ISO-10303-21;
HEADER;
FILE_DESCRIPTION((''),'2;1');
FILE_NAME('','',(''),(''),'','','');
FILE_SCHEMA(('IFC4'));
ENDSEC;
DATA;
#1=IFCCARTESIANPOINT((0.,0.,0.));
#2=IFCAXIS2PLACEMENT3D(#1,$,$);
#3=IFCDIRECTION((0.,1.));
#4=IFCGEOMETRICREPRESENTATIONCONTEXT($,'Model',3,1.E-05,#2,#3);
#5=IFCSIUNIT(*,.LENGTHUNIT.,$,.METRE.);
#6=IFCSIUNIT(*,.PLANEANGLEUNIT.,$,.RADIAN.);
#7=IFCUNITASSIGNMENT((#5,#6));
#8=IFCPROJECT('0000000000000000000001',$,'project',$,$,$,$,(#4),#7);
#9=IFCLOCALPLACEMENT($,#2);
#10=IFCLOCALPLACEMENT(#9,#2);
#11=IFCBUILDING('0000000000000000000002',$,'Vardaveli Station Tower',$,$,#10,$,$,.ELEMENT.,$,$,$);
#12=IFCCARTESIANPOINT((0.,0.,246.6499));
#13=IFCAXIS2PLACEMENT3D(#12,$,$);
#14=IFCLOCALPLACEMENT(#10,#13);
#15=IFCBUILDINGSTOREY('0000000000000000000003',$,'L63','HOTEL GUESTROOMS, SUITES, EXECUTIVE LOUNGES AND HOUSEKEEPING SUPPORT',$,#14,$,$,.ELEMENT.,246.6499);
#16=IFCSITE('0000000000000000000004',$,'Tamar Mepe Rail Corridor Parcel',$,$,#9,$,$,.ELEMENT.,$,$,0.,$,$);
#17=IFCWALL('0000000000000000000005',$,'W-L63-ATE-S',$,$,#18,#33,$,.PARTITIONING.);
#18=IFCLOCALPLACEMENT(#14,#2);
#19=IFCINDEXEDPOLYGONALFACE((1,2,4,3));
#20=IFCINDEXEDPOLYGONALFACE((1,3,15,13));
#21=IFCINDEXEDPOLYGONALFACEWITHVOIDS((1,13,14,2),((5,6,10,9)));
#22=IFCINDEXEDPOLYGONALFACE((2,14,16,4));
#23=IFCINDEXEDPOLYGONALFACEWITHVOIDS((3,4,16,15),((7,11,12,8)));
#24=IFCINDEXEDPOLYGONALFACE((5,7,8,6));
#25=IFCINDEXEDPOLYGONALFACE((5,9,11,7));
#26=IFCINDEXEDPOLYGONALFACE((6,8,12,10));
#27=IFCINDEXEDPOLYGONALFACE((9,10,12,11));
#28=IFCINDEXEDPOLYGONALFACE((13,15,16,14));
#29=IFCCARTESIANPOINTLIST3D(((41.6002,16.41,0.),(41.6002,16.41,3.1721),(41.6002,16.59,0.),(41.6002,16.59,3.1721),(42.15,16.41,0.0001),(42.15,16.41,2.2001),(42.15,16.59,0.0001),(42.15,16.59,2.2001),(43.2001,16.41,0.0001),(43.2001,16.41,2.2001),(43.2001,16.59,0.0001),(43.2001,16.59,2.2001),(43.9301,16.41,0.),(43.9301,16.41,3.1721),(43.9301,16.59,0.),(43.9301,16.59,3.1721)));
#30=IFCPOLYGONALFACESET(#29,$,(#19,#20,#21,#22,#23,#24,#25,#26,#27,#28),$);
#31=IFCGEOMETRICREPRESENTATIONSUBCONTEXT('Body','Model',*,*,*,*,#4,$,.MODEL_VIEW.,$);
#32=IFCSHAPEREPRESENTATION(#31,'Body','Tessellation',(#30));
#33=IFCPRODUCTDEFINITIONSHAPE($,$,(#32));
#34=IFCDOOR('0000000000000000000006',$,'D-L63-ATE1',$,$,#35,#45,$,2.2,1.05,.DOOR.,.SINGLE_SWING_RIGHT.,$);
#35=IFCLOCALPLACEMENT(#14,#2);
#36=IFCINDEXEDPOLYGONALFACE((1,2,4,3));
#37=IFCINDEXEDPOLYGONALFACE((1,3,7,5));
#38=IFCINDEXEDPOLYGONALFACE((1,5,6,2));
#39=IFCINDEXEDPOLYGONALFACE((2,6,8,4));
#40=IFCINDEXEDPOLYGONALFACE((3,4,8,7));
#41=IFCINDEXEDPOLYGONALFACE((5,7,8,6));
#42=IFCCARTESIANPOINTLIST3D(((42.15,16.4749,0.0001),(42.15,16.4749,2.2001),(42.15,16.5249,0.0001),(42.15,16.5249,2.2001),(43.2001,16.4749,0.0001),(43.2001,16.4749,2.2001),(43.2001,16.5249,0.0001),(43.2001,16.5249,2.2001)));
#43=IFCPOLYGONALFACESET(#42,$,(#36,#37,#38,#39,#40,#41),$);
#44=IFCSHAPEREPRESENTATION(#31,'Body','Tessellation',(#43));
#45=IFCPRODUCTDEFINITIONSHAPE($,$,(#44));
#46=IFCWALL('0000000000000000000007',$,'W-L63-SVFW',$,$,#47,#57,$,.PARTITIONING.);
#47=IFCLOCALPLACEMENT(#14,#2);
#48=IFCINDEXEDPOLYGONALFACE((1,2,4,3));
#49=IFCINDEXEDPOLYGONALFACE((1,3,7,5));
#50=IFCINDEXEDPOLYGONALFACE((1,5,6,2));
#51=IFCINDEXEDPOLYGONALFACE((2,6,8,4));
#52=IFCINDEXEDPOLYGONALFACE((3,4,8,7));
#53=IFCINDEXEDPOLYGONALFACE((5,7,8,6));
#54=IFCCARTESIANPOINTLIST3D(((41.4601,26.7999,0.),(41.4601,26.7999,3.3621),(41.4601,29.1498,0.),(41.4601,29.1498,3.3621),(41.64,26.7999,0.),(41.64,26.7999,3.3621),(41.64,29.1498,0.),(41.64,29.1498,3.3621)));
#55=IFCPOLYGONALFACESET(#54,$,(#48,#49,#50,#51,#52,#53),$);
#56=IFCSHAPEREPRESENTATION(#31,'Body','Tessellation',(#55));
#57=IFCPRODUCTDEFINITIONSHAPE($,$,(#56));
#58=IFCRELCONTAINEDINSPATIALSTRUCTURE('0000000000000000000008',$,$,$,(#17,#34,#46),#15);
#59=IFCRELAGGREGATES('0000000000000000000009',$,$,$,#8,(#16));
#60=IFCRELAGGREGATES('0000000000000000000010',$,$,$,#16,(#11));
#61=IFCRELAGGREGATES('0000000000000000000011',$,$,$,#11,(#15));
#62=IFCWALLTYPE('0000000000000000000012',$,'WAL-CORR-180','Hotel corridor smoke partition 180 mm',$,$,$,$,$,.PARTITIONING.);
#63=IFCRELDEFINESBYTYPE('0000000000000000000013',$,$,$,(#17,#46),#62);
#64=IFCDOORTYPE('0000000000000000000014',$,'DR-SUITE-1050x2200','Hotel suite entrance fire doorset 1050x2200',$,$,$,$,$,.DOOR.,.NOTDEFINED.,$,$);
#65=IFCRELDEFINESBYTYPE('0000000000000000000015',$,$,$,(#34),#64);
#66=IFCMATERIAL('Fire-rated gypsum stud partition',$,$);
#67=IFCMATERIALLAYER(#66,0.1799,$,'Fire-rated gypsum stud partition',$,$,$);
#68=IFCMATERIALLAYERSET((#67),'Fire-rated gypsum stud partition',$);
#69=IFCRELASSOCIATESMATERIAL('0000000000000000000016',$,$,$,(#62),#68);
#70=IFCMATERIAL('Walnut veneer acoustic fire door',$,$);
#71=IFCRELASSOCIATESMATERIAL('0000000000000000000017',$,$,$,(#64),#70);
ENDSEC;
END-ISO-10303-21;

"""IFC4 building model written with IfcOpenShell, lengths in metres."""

from ifc_helpers import new_model, si_unit, direction, frame, frame_2d, origin, place, context, subcontext, project, spatial, rectangle, extrude, source, transform, mapped, material, layer, layer_set, type_object, element, fill, save


model = new_model("IFC4")

# Units and contexts
model_context = context("Model", 3, precision=1e-05, world=origin(), true_north=direction((0.0, 1.0)))
body_context = subcontext(model_context, "Body", "Model", "MODEL_VIEW")
ifc_project = project(units=[si_unit("LENGTHUNIT", "METRE"), si_unit("PLANEANGLEUNIT", "RADIAN")], contexts=[model_context])

# Site, building, storey
site_placement = place(None, origin())
site = spatial("IfcSite", under=ifc_project, at=site_placement, Name="Tamar Mepe Rail Corridor Parcel", CompositionType="ELEMENT", RefElevation=0.0)
building_placement = place(site_placement, origin())
building = spatial("IfcBuilding", under=site, at=building_placement, Name="Vardaveli Station Tower", CompositionType="ELEMENT")
storey_placement = place(building_placement, frame((0.0, 0.0, 246.6499)))
storey = spatial("IfcBuildingStorey", under=building, at=storey_placement, Name="L63", Description="HOTEL GUESTROOMS, SUITES, EXECUTIVE LOUNGES AND HOUSEKEEPING SUPPORT", CompositionType="ELEMENT", Elevation=246.6499)

# Wall, opening, door
ifc_material_1 = material(Name="Fire-rated gypsum stud partition")
ifc_layer_1 = layer(ifc_material_1, 0.1799, Name="Fire-rated gypsum stud partition")
ifc_layer_set_1 = layer_set([ifc_layer_1], Name="Fire-rated gypsum stud partition")
wall_type_1 = type_object("IfcWallType", Name="WAL-CORR-180", Description="Hotel corridor smoke partition 180 mm", PredefinedType="PARTITIONING", material=ifc_layer_set_1)
shared_shape_1 = source(origin(), body_context, "Body", "SweptSolid", [
    extrude(rectangle(XDim=2.3298, YDim=0.1799, at=frame_2d((1.165, 0.0))), origin(), (0.0, 0.0, 1.0), 3.1721),
])
wall_1_placement = place(storey_placement, frame((41.6001, 16.5, 0.0), z_axis=(0.0, 0.0, 1.0), x_axis=(1.0, 0.0, 0.0)))
wall_1 = element("IfcWall", 1, at=wall_1_placement, inside=storey, type_object=wall_type_1, Name="W-L63-ATE-S", PredefinedType="PARTITIONING", context=body_context, shape_type="MappedRepresentation", body=[
    mapped(shared_shape_1, transform((0.0, 0.0, 0.0), scale=1.0)),
])
shared_shape_2 = source(origin(), body_context, "Body", "SweptSolid", [
    extrude(rectangle(XDim=1.05, YDim=2.2, at=frame_2d((0.5249, 1.1001))), frame((0.0, 0.1001, 0.0), z_axis=(0.0, -1.0, 0.0), x_axis=(1.0, 0.0, 0.0)), (0.0, 0.0, 1.0), 0.2),
])
opening_1_placement = place(wall_1_placement, frame((0.55, 0.0, 0.0)))
opening_1 = element("IfcOpeningElement", 2, at=opening_1_placement, cuts=wall_1, PredefinedType="OPENING", context=body_context, shape_type="MappedRepresentation", body=[
    mapped(shared_shape_2, transform((0.0, 0.0, 0.0), scale=1.0)),
])
ifc_material_2 = material(Name="Walnut veneer acoustic fire door")
door_type_1 = type_object("IfcDoorType", Name="DR-SUITE-1050x2200", Description="Hotel suite entrance fire doorset 1050x2200", OperationType="NOTDEFINED", PredefinedType="DOOR", material=ifc_material_2)
shared_shape_3 = source(origin(), body_context, "Body", "SweptSolid", [
    extrude(rectangle(XDim=1.05, YDim=2.2, at=frame_2d((0.5249, 1.1001))), frame((0.0, 0.0249, 0.0), z_axis=(0.0, -1.0, 0.0), x_axis=(1.0, 0.0, 0.0)), (0.0, 0.0, 1.0), 0.05),
])
door_1_placement = place(opening_1_placement, origin())
door_1 = element("IfcDoor", 3, at=door_1_placement, inside=storey, type_object=door_type_1, Name="D-L63-ATE1", OperationType="SINGLE_SWING_RIGHT", OverallHeight=2.2, OverallWidth=1.05, PredefinedType="DOOR", context=body_context, shape_type="MappedRepresentation", body=[
    mapped(shared_shape_3, transform((0.0, 0.0, 0.0), scale=1.0)),
])
fill(opening_1, door_1)

# Wall
shared_shape_4 = source(origin(), body_context, "Body", "SweptSolid", [
    extrude(rectangle(XDim=2.3499, YDim=0.1799, at=frame_2d((1.1748, 0.0))), origin(), (0.0, 0.0, 1.0), 3.3621),
])
wall_2_placement = place(storey_placement, frame((41.55, 26.8, 0.0), z_axis=(0.0, 0.0, 1.0), x_axis=(0.0, 1.0, 0.0)))
element("IfcWall", 4, at=wall_2_placement, inside=storey, type_object=wall_type_1, Name="W-L63-SVFW", PredefinedType="PARTITIONING", context=body_context, shape_type="MappedRepresentation", body=[
    mapped(shared_shape_4, transform((0.0, 0.0, 0.0), scale=1.0)),
])

save(model, "model.ifc")
